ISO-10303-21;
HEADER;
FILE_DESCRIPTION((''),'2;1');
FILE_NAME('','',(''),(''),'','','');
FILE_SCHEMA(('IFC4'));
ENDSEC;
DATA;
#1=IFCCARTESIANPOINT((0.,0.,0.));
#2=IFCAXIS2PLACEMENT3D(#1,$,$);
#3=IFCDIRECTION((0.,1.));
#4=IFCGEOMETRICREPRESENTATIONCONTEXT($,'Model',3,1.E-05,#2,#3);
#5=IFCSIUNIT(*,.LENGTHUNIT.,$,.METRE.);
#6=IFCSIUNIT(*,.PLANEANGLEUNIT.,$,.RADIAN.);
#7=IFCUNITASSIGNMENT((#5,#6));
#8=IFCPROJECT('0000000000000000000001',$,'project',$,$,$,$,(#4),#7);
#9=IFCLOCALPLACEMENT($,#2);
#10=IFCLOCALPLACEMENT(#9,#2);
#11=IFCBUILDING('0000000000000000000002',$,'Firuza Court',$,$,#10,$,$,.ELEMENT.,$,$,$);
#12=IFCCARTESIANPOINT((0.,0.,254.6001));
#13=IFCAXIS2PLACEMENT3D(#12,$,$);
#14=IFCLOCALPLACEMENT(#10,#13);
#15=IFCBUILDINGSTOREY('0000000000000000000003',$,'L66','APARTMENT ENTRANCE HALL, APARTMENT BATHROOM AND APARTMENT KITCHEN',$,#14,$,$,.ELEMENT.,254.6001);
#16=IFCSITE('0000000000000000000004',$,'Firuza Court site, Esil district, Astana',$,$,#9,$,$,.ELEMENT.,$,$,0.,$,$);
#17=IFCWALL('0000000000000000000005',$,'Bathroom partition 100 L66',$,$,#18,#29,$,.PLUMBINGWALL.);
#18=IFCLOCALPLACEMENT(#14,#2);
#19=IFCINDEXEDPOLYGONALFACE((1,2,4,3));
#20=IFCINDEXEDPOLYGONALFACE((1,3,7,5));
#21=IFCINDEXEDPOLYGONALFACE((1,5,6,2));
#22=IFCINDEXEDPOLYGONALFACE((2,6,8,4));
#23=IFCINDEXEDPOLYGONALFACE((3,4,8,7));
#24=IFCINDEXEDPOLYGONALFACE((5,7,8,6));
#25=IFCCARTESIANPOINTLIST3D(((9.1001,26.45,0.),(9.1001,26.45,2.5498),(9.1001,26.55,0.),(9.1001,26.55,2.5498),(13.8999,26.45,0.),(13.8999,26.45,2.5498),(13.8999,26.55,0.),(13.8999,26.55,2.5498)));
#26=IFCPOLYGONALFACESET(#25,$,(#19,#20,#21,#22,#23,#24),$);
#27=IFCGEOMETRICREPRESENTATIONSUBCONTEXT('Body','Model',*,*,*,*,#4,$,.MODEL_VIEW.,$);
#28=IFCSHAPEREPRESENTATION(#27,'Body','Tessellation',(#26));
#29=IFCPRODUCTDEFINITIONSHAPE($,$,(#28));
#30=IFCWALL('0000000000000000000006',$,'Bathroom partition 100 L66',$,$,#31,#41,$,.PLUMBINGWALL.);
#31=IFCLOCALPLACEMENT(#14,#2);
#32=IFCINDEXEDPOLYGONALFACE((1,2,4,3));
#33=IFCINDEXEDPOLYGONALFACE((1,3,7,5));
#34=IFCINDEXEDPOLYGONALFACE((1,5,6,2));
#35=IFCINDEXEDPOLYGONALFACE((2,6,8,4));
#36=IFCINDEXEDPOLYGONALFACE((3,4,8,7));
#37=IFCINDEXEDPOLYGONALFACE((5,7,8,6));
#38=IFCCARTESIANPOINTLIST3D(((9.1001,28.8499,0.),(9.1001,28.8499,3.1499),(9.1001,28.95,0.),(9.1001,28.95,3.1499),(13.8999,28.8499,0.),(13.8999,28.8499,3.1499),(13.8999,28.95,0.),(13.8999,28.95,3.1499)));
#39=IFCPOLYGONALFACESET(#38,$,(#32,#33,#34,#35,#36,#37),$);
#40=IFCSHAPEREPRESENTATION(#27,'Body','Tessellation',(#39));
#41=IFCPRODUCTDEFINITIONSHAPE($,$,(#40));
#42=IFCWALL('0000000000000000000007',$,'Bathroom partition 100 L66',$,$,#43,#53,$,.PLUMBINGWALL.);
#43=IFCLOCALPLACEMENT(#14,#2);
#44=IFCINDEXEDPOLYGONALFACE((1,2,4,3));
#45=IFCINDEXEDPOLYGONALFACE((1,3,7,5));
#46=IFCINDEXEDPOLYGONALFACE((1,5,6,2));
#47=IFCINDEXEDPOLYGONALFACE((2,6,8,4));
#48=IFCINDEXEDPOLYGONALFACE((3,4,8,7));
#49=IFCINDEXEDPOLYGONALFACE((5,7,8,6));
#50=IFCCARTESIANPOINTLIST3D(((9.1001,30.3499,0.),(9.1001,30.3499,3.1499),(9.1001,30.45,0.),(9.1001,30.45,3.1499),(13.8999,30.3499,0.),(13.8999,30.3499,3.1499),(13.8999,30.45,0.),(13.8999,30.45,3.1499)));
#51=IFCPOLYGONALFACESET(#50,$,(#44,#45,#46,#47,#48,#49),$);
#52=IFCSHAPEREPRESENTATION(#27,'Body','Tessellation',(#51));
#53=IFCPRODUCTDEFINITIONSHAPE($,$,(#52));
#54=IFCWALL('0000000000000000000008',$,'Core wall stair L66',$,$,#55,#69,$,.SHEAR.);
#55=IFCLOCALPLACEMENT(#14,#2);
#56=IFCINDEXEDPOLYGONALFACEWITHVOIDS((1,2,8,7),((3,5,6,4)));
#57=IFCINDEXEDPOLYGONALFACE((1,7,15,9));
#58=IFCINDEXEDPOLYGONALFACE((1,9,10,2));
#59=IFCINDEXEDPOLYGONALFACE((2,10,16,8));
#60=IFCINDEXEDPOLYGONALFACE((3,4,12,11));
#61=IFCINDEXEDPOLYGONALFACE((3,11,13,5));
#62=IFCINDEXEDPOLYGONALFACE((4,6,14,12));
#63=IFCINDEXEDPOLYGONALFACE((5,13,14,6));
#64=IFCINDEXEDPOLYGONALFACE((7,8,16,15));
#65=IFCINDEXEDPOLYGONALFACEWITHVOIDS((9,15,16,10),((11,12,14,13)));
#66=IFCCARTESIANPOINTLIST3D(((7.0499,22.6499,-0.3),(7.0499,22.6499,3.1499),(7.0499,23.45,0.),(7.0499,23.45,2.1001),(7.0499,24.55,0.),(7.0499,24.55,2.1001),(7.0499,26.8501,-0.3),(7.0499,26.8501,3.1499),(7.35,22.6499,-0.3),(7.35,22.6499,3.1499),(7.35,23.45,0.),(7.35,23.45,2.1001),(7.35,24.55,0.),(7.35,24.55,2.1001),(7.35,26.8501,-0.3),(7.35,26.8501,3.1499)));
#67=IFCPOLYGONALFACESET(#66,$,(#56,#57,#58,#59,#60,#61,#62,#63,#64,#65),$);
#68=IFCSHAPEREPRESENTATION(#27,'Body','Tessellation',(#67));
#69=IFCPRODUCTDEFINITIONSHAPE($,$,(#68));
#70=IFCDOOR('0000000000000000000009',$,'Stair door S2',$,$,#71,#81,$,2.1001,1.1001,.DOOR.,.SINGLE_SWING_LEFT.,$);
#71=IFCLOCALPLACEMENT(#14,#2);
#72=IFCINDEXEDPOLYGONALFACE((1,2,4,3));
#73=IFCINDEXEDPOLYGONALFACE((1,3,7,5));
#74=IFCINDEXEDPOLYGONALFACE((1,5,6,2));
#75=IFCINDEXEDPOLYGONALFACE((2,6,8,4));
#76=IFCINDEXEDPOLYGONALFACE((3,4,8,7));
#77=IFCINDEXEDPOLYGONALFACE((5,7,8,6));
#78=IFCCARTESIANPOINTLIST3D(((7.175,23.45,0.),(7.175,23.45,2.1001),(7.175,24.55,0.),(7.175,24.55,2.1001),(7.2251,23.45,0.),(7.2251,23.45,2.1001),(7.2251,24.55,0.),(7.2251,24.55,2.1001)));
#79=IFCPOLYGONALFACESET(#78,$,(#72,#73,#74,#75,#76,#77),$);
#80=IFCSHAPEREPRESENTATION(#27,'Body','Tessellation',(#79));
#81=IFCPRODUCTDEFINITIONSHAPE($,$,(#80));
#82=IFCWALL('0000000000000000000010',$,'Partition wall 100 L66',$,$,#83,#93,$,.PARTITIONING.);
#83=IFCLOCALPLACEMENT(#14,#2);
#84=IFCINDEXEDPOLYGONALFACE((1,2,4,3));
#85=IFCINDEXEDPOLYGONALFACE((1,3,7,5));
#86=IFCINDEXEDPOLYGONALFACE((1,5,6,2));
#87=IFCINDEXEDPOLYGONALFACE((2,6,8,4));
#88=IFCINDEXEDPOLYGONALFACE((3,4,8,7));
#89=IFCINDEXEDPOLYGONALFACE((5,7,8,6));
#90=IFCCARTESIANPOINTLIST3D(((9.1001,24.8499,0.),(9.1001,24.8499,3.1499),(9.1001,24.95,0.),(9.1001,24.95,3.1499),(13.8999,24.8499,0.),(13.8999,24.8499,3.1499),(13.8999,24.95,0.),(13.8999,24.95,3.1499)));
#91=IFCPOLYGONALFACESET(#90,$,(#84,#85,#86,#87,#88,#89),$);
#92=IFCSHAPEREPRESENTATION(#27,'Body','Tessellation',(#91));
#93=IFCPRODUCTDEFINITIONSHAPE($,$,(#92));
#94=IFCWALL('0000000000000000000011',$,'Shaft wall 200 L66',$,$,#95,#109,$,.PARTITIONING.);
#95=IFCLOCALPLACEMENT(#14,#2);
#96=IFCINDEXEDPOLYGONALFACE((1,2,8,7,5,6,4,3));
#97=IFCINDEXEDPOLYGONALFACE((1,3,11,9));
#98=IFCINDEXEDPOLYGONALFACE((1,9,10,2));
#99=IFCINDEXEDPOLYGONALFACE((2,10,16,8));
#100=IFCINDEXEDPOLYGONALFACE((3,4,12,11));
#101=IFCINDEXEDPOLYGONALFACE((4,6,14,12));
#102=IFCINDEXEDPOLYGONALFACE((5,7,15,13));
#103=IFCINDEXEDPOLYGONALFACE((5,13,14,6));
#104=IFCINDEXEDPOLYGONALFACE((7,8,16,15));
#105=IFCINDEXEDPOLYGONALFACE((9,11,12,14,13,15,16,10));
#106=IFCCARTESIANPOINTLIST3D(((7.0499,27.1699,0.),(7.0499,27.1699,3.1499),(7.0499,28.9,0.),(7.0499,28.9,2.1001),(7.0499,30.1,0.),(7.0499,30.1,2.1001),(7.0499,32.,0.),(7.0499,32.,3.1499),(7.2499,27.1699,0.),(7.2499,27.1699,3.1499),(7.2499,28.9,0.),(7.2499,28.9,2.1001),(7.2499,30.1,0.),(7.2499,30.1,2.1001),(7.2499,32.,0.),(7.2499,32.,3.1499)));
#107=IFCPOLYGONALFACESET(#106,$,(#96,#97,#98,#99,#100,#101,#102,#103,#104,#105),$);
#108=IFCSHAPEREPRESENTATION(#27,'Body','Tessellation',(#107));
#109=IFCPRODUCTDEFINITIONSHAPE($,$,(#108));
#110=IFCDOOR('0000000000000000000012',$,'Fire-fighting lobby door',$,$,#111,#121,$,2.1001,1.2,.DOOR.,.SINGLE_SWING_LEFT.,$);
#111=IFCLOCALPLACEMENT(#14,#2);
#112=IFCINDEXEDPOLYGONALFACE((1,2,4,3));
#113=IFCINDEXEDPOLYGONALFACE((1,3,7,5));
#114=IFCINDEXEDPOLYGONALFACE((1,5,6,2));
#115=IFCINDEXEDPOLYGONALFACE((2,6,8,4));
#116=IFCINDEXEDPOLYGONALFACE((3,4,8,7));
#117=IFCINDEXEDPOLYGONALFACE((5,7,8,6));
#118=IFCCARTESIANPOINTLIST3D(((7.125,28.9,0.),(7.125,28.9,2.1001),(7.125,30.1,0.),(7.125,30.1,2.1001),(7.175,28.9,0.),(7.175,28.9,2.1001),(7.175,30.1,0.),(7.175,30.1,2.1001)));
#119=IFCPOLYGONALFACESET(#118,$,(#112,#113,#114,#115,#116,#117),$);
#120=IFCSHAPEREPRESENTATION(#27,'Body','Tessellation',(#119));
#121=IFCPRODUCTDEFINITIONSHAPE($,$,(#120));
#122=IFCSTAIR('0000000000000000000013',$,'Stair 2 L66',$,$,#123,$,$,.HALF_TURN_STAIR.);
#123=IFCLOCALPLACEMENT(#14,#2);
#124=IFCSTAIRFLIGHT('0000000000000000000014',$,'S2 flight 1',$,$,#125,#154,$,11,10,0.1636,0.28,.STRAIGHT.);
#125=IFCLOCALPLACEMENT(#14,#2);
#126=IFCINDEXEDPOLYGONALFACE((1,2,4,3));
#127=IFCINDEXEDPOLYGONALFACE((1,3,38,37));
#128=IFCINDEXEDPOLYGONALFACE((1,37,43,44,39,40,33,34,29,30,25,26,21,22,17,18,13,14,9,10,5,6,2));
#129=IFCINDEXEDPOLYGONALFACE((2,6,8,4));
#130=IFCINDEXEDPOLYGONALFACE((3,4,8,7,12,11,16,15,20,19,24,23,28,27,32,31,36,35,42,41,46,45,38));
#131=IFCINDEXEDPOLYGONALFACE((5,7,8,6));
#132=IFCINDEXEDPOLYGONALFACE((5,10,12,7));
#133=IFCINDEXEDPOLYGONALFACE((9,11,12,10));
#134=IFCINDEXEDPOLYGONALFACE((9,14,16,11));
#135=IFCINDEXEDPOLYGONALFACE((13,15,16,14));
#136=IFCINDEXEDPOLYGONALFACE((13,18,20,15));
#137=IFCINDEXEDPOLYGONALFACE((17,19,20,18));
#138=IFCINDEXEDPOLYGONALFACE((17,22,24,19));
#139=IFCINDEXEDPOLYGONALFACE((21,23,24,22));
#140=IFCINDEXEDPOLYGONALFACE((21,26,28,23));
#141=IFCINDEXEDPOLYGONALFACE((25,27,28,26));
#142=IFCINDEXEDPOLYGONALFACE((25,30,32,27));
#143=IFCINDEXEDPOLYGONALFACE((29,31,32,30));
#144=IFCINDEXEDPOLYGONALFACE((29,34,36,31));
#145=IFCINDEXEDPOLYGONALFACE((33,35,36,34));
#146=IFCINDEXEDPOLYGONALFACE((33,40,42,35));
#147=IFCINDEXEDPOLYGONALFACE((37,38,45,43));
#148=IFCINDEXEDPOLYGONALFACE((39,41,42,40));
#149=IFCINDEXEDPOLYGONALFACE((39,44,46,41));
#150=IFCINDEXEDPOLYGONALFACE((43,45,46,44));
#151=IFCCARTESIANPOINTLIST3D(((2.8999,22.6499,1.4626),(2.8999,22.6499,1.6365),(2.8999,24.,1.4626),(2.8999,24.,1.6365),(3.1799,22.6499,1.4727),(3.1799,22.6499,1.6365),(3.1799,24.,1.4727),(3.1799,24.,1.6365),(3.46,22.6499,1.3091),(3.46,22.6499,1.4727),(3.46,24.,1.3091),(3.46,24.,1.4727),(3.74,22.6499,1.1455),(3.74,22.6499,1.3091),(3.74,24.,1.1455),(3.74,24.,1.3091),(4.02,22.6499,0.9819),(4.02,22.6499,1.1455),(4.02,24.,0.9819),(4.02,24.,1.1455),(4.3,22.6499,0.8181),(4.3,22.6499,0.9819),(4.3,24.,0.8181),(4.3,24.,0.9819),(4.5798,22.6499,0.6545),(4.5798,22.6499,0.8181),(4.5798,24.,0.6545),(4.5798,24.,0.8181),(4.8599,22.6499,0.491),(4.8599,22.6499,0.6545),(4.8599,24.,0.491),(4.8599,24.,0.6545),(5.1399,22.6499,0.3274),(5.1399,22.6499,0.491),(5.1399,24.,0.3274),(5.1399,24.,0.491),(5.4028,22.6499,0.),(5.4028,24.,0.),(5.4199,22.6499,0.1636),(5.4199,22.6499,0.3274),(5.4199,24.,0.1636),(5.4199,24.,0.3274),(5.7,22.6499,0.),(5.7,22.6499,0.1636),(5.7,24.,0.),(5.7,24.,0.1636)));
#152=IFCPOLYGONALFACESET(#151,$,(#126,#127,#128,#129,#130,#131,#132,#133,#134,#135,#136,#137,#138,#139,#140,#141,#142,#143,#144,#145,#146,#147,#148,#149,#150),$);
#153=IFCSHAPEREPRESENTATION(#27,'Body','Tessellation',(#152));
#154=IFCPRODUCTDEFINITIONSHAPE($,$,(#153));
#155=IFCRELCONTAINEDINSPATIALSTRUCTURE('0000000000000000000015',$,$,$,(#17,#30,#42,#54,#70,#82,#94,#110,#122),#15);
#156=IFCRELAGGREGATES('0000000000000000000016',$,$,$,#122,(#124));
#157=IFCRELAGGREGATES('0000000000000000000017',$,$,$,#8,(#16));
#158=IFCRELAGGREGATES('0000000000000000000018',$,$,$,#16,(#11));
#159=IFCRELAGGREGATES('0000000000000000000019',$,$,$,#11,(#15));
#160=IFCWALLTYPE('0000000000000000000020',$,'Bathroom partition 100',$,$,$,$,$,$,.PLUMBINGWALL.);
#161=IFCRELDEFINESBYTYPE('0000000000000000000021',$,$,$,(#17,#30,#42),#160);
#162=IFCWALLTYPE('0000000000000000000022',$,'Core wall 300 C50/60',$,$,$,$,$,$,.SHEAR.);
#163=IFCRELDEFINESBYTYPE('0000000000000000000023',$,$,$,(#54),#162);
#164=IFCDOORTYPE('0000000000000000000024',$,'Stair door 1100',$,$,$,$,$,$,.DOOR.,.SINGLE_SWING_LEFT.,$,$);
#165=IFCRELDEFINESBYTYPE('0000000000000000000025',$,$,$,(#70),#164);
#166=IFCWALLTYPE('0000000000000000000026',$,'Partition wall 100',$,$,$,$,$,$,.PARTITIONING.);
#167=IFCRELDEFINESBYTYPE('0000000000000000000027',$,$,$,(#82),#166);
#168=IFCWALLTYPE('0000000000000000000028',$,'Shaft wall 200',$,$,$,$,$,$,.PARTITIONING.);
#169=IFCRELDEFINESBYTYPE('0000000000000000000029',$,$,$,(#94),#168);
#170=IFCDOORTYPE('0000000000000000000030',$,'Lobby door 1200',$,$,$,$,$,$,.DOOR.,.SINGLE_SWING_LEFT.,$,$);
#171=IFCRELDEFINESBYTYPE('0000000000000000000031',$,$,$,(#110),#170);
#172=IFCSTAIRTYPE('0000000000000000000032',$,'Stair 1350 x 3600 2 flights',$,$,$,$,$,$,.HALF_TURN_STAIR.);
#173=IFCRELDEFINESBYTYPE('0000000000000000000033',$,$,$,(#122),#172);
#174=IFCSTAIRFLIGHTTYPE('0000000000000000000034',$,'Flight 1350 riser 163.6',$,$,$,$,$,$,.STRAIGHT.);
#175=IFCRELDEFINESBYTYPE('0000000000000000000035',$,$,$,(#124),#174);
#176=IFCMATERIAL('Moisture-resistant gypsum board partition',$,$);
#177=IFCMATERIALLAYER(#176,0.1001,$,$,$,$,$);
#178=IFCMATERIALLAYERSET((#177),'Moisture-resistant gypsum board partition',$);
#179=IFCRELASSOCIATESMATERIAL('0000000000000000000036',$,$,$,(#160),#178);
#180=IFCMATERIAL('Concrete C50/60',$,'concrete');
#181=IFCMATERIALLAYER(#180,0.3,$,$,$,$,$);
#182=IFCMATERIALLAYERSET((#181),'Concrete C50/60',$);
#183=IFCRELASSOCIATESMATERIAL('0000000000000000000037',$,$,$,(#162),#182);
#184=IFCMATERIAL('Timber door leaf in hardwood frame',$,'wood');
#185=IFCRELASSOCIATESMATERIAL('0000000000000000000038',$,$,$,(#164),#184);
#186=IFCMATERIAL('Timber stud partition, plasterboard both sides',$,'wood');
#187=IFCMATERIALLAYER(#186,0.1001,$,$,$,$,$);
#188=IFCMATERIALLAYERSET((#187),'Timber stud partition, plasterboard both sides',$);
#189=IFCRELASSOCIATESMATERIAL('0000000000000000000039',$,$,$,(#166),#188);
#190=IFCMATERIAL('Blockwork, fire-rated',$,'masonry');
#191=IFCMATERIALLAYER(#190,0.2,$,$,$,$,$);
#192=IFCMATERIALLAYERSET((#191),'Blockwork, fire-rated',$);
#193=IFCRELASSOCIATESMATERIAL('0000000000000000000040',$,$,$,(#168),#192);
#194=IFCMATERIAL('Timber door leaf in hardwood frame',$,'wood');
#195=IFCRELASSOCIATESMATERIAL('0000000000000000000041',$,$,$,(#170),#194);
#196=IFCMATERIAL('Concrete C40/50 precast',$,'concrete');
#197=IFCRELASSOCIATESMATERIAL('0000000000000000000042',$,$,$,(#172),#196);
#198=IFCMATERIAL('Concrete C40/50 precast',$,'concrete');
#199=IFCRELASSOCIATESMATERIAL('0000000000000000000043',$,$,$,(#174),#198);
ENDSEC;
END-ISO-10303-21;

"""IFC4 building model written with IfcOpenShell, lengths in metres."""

from ifc_helpers import new_model, si_unit, direction, frame, frame_2d, origin, place, context, subcontext, project, spatial, polyline, rectangle, outline, extrude, material, layer, layer_set, type_object, element, fill, aggregate, save


model = new_model("IFC4")

# Units and contexts
model_context = context("Model", 3, precision=1e-05, world=origin(), true_north=direction((0.0, 1.0)))
body_context = subcontext(model_context, "Body", "Model", "MODEL_VIEW")
ifc_project = project(units=[si_unit("LENGTHUNIT", "METRE"), si_unit("PLANEANGLEUNIT", "RADIAN")], contexts=[model_context])

# Site, building, storey
site_placement = place(None, origin())
site = spatial("IfcSite", under=ifc_project, at=site_placement, Name="Firuza Court site, Esil district, Astana", CompositionType="ELEMENT", RefElevation=0.0)
building_placement = place(site_placement, origin())
building = spatial("IfcBuilding", under=site, at=building_placement, Name="Firuza Court", CompositionType="ELEMENT")
storey_placement = place(building_placement, frame((0.0, 0.0, 254.6001)))
storey = spatial("IfcBuildingStorey", under=building, at=storey_placement, Name="L66", Description="APARTMENT ENTRANCE HALL, APARTMENT BATHROOM AND APARTMENT KITCHEN", CompositionType="ELEMENT", Elevation=254.6001)

# Walls
ifc_material_1 = material(Name="Moisture-resistant gypsum board partition")
ifc_layer_1 = layer(ifc_material_1, 0.1001)
ifc_layer_set_1 = layer_set([ifc_layer_1], Name="Moisture-resistant gypsum board partition")
wall_type_1 = type_object("IfcWallType", Name="Bathroom partition 100", PredefinedType="PLUMBINGWALL", material=ifc_layer_set_1)
wall_1_placement = place(storey_placement, frame((9.1001, 26.5, 0.0), z_axis=(0.0, 0.0, 1.0), x_axis=(1.0, 0.0, 0.0)))
element("IfcWall", 1, at=wall_1_placement, inside=storey, type_object=wall_type_1, Name="Bathroom partition 100 L66", PredefinedType="PLUMBINGWALL", context=body_context, shape_type="SweptSolid", body=[
    extrude(rectangle(XDim=4.7998, YDim=0.1001, at=frame_2d((2.3999, 0.0))), origin(), (0.0, 0.0, 1.0), 2.5498),
])
for number, where, z_axis, x_axis, name in (
    (2, (9.1001, 28.8999, 0.0), (0.0, 0.0, 1.0), (1.0, 0.0, 0.0), "Bathroom partition 100 L66"),
    (3, (9.1001, 30.3999, 0.0), (0.0, 0.0, 1.0), (1.0, 0.0, 0.0), "Bathroom partition 100 L66"),
):
    element("IfcWall", number, at=place(storey_placement, frame(where, z_axis=z_axis, x_axis=x_axis)), inside=storey, type_object=wall_type_1, Name=name, PredefinedType="PLUMBINGWALL", context=body_context, shape_type="SweptSolid", body=[
        extrude(rectangle(XDim=4.7998, YDim=0.1001, at=frame_2d((2.3999, 0.0))), origin(), (0.0, 0.0, 1.0), 3.1499),
    ])

# Wall, opening, door
ifc_material_2 = material(Name="Concrete C50/60", Category="concrete")
ifc_layer_2 = layer(ifc_material_2, 0.3)
ifc_layer_set_2 = layer_set([ifc_layer_2], Name="Concrete C50/60")
wall_type_2 = type_object("IfcWallType", Name="Core wall 300 C50/60", PredefinedType="SHEAR", material=ifc_layer_set_2)
wall_2_placement = place(storey_placement, frame((7.2, 22.6499, -0.3), z_axis=(0.0, 0.0, 1.0), x_axis=(0.0, 1.0, 0.0)))
wall_2 = element("IfcWall", 4, at=wall_2_placement, inside=storey, type_object=wall_type_2, Name="Core wall stair L66", PredefinedType="SHEAR", context=body_context, shape_type="SweptSolid", body=[
    extrude(rectangle(XDim=4.2002, YDim=0.3, at=frame_2d((2.1001, 0.0))), origin(), (0.0, 0.0, 1.0), 3.45),
])
opening_1_placement = place(wall_2_placement, frame((0.8, 0.0, 0.3)))
opening_1 = element("IfcOpeningElement", 5, at=opening_1_placement, cuts=wall_2, PredefinedType="OPENING", context=body_context, shape_type="SweptSolid", body=[
    extrude(rectangle(XDim=1.1001, YDim=2.1001, at=frame_2d((0.55, 1.05))), frame((0.0, 0.1621, 0.0), z_axis=(0.0, -1.0, 0.0), x_axis=(1.0, 0.0, 0.0)), (0.0, 0.0, 1.0), 0.324),
])
ifc_material_3 = material(Name="Timber door leaf in hardwood frame", Category="wood")
door_type_1 = type_object("IfcDoorType", Name="Stair door 1100", OperationType="SINGLE_SWING_LEFT", PredefinedType="DOOR", material=ifc_material_3)
door_1_placement = place(opening_1_placement, origin())
door_1 = element("IfcDoor", 6, at=door_1_placement, inside=storey, type_object=door_type_1, Name="Stair door S2", OperationType="SINGLE_SWING_LEFT", OverallHeight=2.1001, OverallWidth=1.1001, PredefinedType="DOOR", context=body_context, shape_type="SweptSolid", body=[
    extrude(rectangle(XDim=1.1001, YDim=2.1001, at=frame_2d((0.55, 1.05))), frame((0.0, 0.0249, 0.0), z_axis=(0.0, -1.0, 0.0), x_axis=(1.0, 0.0, 0.0)), (0.0, 0.0, 1.0), 0.05),
])
fill(opening_1, door_1)

# Wall
ifc_material_4 = material(Name="Timber stud partition, plasterboard both sides", Category="wood")
ifc_layer_3 = layer(ifc_material_4, 0.1001)
ifc_layer_set_3 = layer_set([ifc_layer_3], Name="Timber stud partition, plasterboard both sides")
wall_type_3 = type_object("IfcWallType", Name="Partition wall 100", PredefinedType="PARTITIONING", material=ifc_layer_set_3)
wall_3_placement = place(storey_placement, frame((9.1001, 24.8999, 0.0), z_axis=(0.0, 0.0, 1.0), x_axis=(1.0, 0.0, 0.0)))
element("IfcWall", 7, at=wall_3_placement, inside=storey, type_object=wall_type_3, Name="Partition wall 100 L66", PredefinedType="PARTITIONING", context=body_context, shape_type="SweptSolid", body=[
    extrude(rectangle(XDim=4.7998, YDim=0.1001, at=frame_2d((2.3999, 0.0))), origin(), (0.0, 0.0, 1.0), 3.1499),
])

# Wall, opening, door
ifc_material_5 = material(Name="Blockwork, fire-rated", Category="masonry")
ifc_layer_4 = layer(ifc_material_5, 0.2)
ifc_layer_set_4 = layer_set([ifc_layer_4], Name="Blockwork, fire-rated")
wall_type_4 = type_object("IfcWallType", Name="Shaft wall 200", PredefinedType="PARTITIONING", material=ifc_layer_set_4)
wall_4_placement = place(storey_placement, frame((7.1499, 27.1699, 0.0), z_axis=(0.0, 0.0, 1.0), x_axis=(0.0, 1.0, 0.0)))
wall_4 = element("IfcWall", 8, at=wall_4_placement, inside=storey, type_object=wall_type_4, Name="Shaft wall 200 L66", PredefinedType="PARTITIONING", context=body_context, shape_type="SweptSolid", body=[
    extrude(rectangle(XDim=4.8301, YDim=0.2, at=frame_2d((2.415, 0.0))), origin(), (0.0, 0.0, 1.0), 3.1499),
])
opening_2_placement = place(wall_4_placement, frame((1.73, 0.0, 0.0)))
opening_2 = element("IfcOpeningElement", 9, at=opening_2_placement, cuts=wall_4, PredefinedType="OPENING", context=body_context, shape_type="SweptSolid", body=[
    extrude(rectangle(XDim=1.2, YDim=2.1001, at=frame_2d((0.6001, 1.05))), frame((0.0, 0.1118, 0.0), z_axis=(0.0, -1.0, 0.0), x_axis=(1.0, 0.0, 0.0)), (0.0, 0.0, 1.0), 0.2239),
])
ifc_material_6 = material(Name="Timber door leaf in hardwood frame", Category="wood")
door_type_2 = type_object("IfcDoorType", Name="Lobby door 1200", OperationType="SINGLE_SWING_LEFT", PredefinedType="DOOR", material=ifc_material_6)
door_2_placement = place(opening_2_placement, origin())
door_2 = element("IfcDoor", 10, at=door_2_placement, inside=storey, type_object=door_type_2, Name="Fire-fighting lobby door", OperationType="SINGLE_SWING_LEFT", OverallHeight=2.1001, OverallWidth=1.2, PredefinedType="DOOR", context=body_context, shape_type="SweptSolid", body=[
    extrude(rectangle(XDim=1.2, YDim=2.1001, at=frame_2d((0.6001, 1.05))), frame((0.0, 0.0249, 0.0), z_axis=(0.0, -1.0, 0.0), x_axis=(1.0, 0.0, 0.0)), (0.0, 0.0, 1.0), 0.05),
])
fill(opening_2, door_2)

# Stair, stair flight
ifc_material_7 = material(Name="Concrete C40/50 precast", Category="concrete")
stair_type = type_object("IfcStairType", Name="Stair 1350 x 3600 2 flights", PredefinedType="HALF_TURN_STAIR", material=ifc_material_7)
stair_placement = place(storey_placement, origin())
stair = element("IfcStair", 11, at=stair_placement, inside=storey, type_object=stair_type, Name="Stair 2 L66", PredefinedType="HALF_TURN_STAIR")
ifc_material_8 = material(Name="Concrete C40/50 precast", Category="concrete")
stair_flight_type = type_object("IfcStairFlightType", Name="Flight 1350 riser 163.6", PredefinedType="STRAIGHT", material=ifc_material_8)
stair_flight_placement = place(storey_placement, frame((5.7, 23.325, 0.0), z_axis=(0.0, 0.0, 1.0), x_axis=(-1.0, 0.0, 0.0)))
stair_flight = element("IfcStairFlight", 12, at=stair_flight_placement, type_object=stair_flight_type, Name="S2 flight 1", NumberOfRisers=11, NumberOfTreads=10, PredefinedType="STRAIGHT", RiserHeight=0.1636, TreadLength=0.28, context=body_context, shape_type="SweptSolid", body=[
    extrude(outline(polyline([(0.0, 0.0), (0.0, 0.1636), (0.28, 0.1636), (0.28, 0.3274), (0.5601, 0.3274), (0.5601, 0.491), (0.8401, 0.491), (0.8401, 0.6545), (1.1201, 0.6545), (1.1201, 0.8181), (1.3999, 0.8181), (1.3999, 0.9819), (1.6799, 0.9819), (1.6799, 1.1455), (1.96, 1.1455), (1.96, 1.3091), (2.24, 1.3091), (2.24, 1.4727), (2.52, 1.4727), (2.52, 1.6365), (2.8, 1.6365), (2.8, 1.8), (2.8, 1.4626), (0.2971, 0.0), (0.0, 0.0)])), frame((0.0, 0.675, 0.0), z_axis=(0.0, -1.0, 0.0), x_axis=(1.0, 0.0, 0.0)), (0.0, 0.0, 1.0), 1.3501),
])
aggregate(stair, [stair_flight])

save(model, "model.ifc")
